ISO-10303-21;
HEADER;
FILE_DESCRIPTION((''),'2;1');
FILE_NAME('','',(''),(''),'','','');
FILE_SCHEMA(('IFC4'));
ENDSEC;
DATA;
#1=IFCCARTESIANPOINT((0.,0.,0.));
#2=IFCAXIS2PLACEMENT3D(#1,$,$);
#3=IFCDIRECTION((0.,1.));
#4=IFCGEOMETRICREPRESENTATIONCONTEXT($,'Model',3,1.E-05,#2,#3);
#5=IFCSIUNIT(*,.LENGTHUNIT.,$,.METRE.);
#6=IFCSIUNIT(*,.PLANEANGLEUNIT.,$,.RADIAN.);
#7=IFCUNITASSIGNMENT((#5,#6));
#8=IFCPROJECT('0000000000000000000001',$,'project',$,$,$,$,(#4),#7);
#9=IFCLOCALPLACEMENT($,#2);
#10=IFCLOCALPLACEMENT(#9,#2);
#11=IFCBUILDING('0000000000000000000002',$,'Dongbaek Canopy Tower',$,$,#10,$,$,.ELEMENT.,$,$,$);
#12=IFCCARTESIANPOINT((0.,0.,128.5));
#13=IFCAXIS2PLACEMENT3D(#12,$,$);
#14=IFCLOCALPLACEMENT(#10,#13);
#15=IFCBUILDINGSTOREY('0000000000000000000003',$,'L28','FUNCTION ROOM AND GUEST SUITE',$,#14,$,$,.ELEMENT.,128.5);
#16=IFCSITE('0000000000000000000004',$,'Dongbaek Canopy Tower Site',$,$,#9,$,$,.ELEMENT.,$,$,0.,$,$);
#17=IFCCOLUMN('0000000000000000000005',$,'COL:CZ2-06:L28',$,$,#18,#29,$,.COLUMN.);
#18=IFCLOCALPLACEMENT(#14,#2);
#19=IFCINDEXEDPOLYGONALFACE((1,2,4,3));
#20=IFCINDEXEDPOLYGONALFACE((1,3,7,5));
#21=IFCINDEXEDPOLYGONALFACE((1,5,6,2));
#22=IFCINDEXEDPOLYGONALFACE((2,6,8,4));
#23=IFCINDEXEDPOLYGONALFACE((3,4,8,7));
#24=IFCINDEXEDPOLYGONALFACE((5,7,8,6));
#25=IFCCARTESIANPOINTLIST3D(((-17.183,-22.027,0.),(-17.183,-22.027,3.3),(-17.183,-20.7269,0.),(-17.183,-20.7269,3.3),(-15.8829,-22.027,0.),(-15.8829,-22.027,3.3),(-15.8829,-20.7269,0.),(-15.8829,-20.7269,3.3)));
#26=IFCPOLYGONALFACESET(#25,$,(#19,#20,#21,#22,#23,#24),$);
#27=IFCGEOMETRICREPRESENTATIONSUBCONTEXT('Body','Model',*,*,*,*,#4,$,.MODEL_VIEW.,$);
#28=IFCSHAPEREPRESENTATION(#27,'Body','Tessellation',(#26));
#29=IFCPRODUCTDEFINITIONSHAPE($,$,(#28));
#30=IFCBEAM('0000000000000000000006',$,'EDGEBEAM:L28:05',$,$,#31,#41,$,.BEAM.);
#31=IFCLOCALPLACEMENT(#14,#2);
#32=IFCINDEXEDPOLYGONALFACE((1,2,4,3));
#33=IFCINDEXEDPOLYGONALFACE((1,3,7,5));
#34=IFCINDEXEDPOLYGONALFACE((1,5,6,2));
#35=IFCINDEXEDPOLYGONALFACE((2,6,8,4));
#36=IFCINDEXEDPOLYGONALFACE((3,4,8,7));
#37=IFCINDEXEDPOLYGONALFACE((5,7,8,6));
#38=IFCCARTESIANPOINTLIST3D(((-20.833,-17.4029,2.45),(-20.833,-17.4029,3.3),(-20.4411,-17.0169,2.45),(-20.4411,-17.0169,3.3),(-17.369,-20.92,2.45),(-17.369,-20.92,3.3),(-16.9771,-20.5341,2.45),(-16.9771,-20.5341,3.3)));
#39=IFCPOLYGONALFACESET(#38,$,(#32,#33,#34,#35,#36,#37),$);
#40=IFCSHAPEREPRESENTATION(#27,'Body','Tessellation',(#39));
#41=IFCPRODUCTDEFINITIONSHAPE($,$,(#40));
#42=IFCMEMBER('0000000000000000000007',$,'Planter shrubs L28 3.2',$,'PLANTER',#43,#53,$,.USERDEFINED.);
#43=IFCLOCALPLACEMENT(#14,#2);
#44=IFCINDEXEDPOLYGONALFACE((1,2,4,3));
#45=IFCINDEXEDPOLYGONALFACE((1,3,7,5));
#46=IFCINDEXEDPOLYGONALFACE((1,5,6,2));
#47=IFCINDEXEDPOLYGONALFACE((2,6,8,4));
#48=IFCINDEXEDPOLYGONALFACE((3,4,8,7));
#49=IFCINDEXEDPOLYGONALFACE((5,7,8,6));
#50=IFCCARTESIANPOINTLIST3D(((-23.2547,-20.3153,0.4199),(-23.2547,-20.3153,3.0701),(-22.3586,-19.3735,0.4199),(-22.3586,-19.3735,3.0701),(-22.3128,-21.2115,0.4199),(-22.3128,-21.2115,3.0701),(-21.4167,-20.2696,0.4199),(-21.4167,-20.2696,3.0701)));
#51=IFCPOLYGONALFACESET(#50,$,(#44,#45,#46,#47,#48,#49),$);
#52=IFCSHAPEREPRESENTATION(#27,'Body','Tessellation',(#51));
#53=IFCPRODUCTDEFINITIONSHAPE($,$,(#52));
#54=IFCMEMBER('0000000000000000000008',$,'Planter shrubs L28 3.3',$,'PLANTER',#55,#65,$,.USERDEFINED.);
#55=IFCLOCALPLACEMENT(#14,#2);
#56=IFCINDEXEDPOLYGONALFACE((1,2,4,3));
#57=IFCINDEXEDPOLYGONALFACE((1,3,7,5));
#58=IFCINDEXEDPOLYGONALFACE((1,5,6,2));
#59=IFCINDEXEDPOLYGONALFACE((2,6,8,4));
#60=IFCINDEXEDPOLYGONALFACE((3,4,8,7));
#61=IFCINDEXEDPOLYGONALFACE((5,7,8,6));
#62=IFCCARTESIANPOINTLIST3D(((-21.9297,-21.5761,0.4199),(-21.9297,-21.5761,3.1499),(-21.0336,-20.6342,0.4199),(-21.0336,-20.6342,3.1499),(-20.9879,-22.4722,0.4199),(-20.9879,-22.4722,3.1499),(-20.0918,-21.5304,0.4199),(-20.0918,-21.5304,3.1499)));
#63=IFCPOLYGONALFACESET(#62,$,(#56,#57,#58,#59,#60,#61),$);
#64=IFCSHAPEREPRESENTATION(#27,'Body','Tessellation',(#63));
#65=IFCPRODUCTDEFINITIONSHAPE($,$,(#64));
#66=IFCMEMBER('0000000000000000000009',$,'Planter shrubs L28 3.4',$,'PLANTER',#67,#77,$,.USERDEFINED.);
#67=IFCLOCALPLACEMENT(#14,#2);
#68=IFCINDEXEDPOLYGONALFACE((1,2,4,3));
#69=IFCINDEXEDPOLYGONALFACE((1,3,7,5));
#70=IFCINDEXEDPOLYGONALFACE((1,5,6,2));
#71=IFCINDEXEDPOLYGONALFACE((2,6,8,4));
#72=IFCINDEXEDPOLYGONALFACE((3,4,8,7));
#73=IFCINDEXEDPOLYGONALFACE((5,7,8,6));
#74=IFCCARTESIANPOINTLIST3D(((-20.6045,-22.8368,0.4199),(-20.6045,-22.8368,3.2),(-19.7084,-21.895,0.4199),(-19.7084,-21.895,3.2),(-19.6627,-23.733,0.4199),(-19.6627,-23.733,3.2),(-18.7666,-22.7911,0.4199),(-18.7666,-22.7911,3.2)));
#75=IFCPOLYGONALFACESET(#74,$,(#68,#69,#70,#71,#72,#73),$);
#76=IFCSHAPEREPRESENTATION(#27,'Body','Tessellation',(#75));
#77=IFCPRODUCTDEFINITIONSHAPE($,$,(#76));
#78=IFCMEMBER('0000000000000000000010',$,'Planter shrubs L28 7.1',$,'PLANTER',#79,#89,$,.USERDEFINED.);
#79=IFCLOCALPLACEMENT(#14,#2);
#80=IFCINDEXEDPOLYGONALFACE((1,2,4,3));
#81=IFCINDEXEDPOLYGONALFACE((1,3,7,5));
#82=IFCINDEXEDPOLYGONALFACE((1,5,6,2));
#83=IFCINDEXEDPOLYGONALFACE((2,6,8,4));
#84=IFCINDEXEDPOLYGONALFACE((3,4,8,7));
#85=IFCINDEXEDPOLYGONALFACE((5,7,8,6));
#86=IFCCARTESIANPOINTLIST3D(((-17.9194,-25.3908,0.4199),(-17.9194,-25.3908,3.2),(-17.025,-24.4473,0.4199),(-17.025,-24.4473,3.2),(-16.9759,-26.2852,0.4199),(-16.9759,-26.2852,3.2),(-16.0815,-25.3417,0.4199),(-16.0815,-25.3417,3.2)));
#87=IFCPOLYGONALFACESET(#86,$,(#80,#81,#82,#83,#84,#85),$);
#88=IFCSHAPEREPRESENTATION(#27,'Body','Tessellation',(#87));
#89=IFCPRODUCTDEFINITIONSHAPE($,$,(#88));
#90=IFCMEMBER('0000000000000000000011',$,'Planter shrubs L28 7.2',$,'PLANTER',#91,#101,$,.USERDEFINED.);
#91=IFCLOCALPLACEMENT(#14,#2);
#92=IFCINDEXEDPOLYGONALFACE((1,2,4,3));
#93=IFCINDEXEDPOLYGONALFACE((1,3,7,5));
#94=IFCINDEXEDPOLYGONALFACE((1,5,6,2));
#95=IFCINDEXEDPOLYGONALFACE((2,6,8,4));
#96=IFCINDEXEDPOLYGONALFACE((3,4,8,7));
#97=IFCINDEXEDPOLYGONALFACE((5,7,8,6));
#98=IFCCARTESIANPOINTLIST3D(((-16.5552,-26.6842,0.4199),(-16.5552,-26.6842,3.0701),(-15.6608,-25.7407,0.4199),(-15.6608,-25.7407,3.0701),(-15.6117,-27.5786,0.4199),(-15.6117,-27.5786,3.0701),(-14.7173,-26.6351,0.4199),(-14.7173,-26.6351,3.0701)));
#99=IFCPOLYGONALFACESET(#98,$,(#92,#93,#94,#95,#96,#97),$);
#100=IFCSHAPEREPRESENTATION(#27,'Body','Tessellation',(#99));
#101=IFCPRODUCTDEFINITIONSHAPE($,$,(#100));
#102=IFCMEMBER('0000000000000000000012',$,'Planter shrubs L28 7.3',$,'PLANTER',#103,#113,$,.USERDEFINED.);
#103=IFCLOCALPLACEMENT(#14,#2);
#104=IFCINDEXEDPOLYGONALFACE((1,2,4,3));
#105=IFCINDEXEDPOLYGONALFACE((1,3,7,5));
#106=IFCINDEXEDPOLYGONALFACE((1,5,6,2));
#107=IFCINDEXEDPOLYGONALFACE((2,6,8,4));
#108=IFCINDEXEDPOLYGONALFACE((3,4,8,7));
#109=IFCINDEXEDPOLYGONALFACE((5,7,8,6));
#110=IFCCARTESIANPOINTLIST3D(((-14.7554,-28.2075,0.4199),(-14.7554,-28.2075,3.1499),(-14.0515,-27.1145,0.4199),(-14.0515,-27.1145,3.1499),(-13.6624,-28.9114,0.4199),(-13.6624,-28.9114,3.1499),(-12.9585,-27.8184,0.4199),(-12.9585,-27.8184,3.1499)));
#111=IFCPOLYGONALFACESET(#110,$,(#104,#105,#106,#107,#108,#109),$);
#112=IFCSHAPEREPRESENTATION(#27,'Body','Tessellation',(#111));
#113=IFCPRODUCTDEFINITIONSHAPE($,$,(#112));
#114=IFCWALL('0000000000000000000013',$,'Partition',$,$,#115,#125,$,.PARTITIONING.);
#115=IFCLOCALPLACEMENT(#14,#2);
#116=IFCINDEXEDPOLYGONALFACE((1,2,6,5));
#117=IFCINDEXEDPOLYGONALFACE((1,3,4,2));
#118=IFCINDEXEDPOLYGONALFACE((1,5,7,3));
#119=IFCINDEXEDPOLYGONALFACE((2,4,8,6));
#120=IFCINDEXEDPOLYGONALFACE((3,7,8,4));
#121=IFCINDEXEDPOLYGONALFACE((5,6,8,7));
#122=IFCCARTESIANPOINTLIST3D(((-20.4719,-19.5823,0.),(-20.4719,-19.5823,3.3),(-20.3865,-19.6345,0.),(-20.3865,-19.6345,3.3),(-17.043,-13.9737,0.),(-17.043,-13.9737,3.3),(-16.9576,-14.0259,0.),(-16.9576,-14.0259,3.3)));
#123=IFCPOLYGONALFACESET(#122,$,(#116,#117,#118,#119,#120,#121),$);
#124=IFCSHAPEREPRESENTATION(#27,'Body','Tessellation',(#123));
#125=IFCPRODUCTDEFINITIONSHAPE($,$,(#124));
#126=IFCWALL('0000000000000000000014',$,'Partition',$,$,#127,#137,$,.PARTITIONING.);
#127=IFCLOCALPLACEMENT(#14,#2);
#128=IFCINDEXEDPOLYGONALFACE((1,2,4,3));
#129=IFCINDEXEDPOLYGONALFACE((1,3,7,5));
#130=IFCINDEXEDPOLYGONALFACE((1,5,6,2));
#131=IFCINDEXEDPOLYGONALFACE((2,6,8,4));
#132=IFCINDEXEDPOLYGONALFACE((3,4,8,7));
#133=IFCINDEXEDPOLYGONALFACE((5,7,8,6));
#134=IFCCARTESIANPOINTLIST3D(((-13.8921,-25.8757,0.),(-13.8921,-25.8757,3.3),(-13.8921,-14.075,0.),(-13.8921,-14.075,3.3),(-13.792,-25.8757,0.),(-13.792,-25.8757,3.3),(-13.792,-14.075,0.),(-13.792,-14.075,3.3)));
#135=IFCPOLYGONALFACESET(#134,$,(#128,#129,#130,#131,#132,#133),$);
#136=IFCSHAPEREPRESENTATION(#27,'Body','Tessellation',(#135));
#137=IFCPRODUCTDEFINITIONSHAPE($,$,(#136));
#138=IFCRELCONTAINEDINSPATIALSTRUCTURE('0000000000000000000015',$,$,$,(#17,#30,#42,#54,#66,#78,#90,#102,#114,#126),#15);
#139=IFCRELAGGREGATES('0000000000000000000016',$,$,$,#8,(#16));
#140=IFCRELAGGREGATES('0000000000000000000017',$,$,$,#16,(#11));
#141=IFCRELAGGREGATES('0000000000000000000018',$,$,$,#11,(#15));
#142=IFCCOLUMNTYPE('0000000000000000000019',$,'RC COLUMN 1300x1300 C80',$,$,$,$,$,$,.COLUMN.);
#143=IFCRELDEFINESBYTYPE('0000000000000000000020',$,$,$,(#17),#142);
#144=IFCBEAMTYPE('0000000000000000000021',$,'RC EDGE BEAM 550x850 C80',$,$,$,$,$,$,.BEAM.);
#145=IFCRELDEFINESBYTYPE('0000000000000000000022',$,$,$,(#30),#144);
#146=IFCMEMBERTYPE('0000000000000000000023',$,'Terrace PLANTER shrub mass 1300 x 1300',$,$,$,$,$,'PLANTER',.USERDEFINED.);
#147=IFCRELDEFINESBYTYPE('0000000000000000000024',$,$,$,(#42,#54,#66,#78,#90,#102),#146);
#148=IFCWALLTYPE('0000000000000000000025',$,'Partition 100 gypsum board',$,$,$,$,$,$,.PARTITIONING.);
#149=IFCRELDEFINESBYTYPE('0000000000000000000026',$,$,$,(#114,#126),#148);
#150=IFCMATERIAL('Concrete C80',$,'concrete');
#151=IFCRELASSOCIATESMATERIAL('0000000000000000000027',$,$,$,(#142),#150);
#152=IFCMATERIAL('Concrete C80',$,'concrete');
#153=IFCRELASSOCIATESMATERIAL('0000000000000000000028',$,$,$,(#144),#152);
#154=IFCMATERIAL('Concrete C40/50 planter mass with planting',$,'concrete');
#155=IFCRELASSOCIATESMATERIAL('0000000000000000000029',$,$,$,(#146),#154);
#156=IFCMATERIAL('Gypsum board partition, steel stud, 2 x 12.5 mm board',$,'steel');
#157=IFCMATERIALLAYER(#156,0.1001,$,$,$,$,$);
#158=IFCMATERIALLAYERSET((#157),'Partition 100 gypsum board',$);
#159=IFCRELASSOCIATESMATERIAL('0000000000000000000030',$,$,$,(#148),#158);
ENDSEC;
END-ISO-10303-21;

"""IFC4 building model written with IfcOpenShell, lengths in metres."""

from ifc_helpers import new_model, si_unit, direction, frame, frame_2d, origin, origin_2d, place, context, subcontext, project, spatial, rectangle, extrude, material, layer, layer_set, material_profile, profile_set, type_object, element, save


model = new_model("IFC4")

# Units and contexts
model_context = context("Model", 3, precision=1e-05, world=origin(), true_north=direction((0.0, 1.0)))
body_context = subcontext(model_context, "Body", "Model", "MODEL_VIEW")
ifc_project = project(units=[si_unit("LENGTHUNIT", "METRE"), si_unit("PLANEANGLEUNIT", "RADIAN")], contexts=[model_context])

# Site, building, storey
site_placement = place(None, origin())
site = spatial("IfcSite", under=ifc_project, at=site_placement, Name="Dongbaek Canopy Tower Site", CompositionType="ELEMENT", RefElevation=0.0)
building_placement = place(site_placement, origin())
building = spatial("IfcBuilding", under=site, at=building_placement, Name="Dongbaek Canopy Tower", CompositionType="ELEMENT")
storey_placement = place(building_placement, frame((0.0, 0.0, 128.5)))
storey = spatial("IfcBuildingStorey", under=building, at=storey_placement, Name="L28", Description="FUNCTION ROOM AND GUEST SUITE", CompositionType="ELEMENT", Elevation=128.5)

# Column
ifc_material_1 = material(Name="Concrete C80", Category="concrete")
ifc_material_profile_1 = material_profile(ifc_material_1, rectangle(XDim=1.3, YDim=1.3, at=origin_2d()), Name="RC COLUMN 1300x1300 C80")
ifc_profile_set_1 = profile_set([ifc_material_profile_1], Name="Concrete C80")
column_type = type_object("IfcColumnType", Name="RC COLUMN 1300x1300 C80", PredefinedType="COLUMN", material=ifc_profile_set_1)
column_placement = place(storey_placement, frame((-16.533, -21.377, 0.0), z_axis=(0.0, 0.0, 1.0), x_axis=(1.0, 0.0, 0.0)))
element("IfcColumn", 1, at=column_placement, inside=storey, type_object=column_type, Name="COL:CZ2-06:L28", PredefinedType="COLUMN", context=body_context, shape_type="SweptSolid", body=[
    extrude(rectangle(XDim=1.3, YDim=1.3, at=origin_2d()), origin(), (0.0, 0.0, 1.0), 3.3),
])

# Beam
ifc_material_2 = material(Name="Concrete C80", Category="concrete")
ifc_material_profile_2 = material_profile(ifc_material_2, rectangle(XDim=0.55, YDim=0.8501, at=origin_2d()), Name="RC EDGE BEAM 550x850 C80")
ifc_profile_set_2 = profile_set([ifc_material_profile_2], Name="Concrete C80")
beam_type = type_object("IfcBeamType", Name="RC EDGE BEAM 550x850 C80", PredefinedType="BEAM", material=ifc_profile_set_2)
beam_placement = place(storey_placement, frame((-17.1731, -20.7271, 2.875), z_axis=(-0.701695, 0.712477, 0.0), x_axis=(-0.712477, -0.701695, 0.0)))
element("IfcBeam", 2, at=beam_placement, inside=storey, type_object=beam_type, Name="EDGEBEAM:L28:05", PredefinedType="BEAM", context=body_context, shape_type="SweptSolid", body=[
    extrude(rectangle(XDim=0.55, YDim=0.8501, at=origin_2d()), origin(), (0.0, 0.0, 1.0), 4.9365),
])

# Members
ifc_material_3 = material(Name="Concrete C40/50 planter mass with planting", Category="concrete")
ifc_material_profile_3 = material_profile(ifc_material_3, rectangle(XDim=1.3, YDim=1.3, at=origin_2d()), Name="Terrace PLANTER shrub mass 1300 x 1300")
ifc_profile_set_3 = profile_set([ifc_material_profile_3], Name="Concrete C40/50 planter mass with planting")
member_type = type_object("IfcMemberType", Name="Terrace PLANTER shrub mass 1300 x 1300", ElementType="PLANTER", PredefinedType="USERDEFINED", material=ifc_profile_set_3)
member_1_placement = place(storey_placement, frame((-22.3357, -20.2925, 0.4199), z_axis=(0.0, 0.0, 1.0), x_axis=(-0.689302, -0.724474, 0.0)))
element("IfcMember", 3, at=member_1_placement, inside=storey, type_object=member_type, Name="Planter shrubs L28 3.2", ObjectType="PLANTER", PredefinedType="USERDEFINED", context=body_context, shape_type="SweptSolid", body=[
    extrude(rectangle(XDim=1.3, YDim=1.3, at=origin_2d()), origin(), (0.0, 0.0, 1.0), 2.6501),
])
member_2_placement = place(storey_placement, frame((-21.0107, -21.5532, 0.4199), z_axis=(0.0, 0.0, 1.0), x_axis=(-0.689302, -0.724474, 0.0)))
element("IfcMember", 4, at=member_2_placement, inside=storey, type_object=member_type, Name="Planter shrubs L28 3.3", ObjectType="PLANTER", PredefinedType="USERDEFINED", context=body_context, shape_type="SweptSolid", body=[
    extrude(rectangle(XDim=1.3, YDim=1.3, at=origin_2d()), origin(), (0.0, 0.0, 1.0), 2.73),
])
for number, where, z_axis, x_axis, name in (
    (5, (-19.6855, -22.814, 0.4199), (0.0, 0.0, 1.0), (-0.689302, -0.724474, 0.0), "Planter shrubs L28 3.4"),
    (6, (-17.0005, -25.3662, 0.4199), (0.0, 0.0, 1.0), (-0.687976, -0.725734, 0.0), "Planter shrubs L28 7.1"),
):
    element("IfcMember", number, at=place(storey_placement, frame(where, z_axis=z_axis, x_axis=x_axis)), inside=storey, type_object=member_type, Name=name, ObjectType="PLANTER", PredefinedType="USERDEFINED", context=body_context, shape_type="SweptSolid", body=[
        extrude(rectangle(XDim=1.3, YDim=1.3, at=origin_2d()), origin(), (0.0, 0.0, 1.0), 2.78),
    ])
member_3_placement = place(storey_placement, frame((-15.6362, -26.6597, 0.4199), z_axis=(0.0, 0.0, 1.0), x_axis=(-0.687976, -0.725734, 0.0)))
element("IfcMember", 7, at=member_3_placement, inside=storey, type_object=member_type, Name="Planter shrubs L28 7.2", ObjectType="PLANTER", PredefinedType="USERDEFINED", context=body_context, shape_type="SweptSolid", body=[
    extrude(rectangle(XDim=1.3, YDim=1.3, at=origin_2d()), origin(), (0.0, 0.0, 1.0), 2.6501),
])
member_4_placement = place(storey_placement, frame((-13.8569, -28.0129, 0.4199), z_axis=(0.0, 0.0, 1.0), x_axis=(-0.541449, -0.840734, 0.0)))
element("IfcMember", 8, at=member_4_placement, inside=storey, type_object=member_type, Name="Planter shrubs L28 7.3", ObjectType="PLANTER", PredefinedType="USERDEFINED", context=body_context, shape_type="SweptSolid", body=[
    extrude(rectangle(XDim=1.3, YDim=1.3, at=origin_2d()), origin(), (0.0, 0.0, 1.0), 2.73),
])

# Walls
ifc_material_4 = material(Name="Gypsum board partition, steel stud, 2 x 12.5 mm board", Category="steel")
ifc_layer_1 = layer(ifc_material_4, 0.1001)
ifc_layer_set_1 = layer_set([ifc_layer_1], Name="Partition 100 gypsum board")
wall_type_1 = type_object("IfcWallType", Name="Partition 100 gypsum board", PredefinedType="PARTITIONING", material=ifc_layer_set_1)
wall_1_placement = place(storey_placement, frame((-20.4292, -19.6084, 0.0), z_axis=(0.0, 0.0, 1.0), x_axis=(0.521611, 0.853184, 0.0)))
element("IfcWall", 9, at=wall_1_placement, inside=storey, type_object=wall_type_1, Name="Partition", PredefinedType="PARTITIONING", context=body_context, shape_type="SweptSolid", body=[
    extrude(rectangle(XDim=6.5737, YDim=0.1001, at=frame_2d((3.2869, 0.0))), origin(), (0.0, 0.0, 1.0), 3.3),
])
wall_2_placement = place(storey_placement, frame((-13.842, -25.8757, 0.0), z_axis=(0.0, 0.0, 1.0), x_axis=(0.0, 1.0, 0.0)))
element("IfcWall", 10, at=wall_2_placement, inside=storey, type_object=wall_type_1, Name="Partition", PredefinedType="PARTITIONING", context=body_context, shape_type="SweptSolid", body=[
    extrude(rectangle(XDim=11.8008, YDim=0.1001, at=frame_2d((5.9004, 0.0))), origin(), (0.0, 0.0, 1.0), 3.3),
])

save(model, "model.ifc")
